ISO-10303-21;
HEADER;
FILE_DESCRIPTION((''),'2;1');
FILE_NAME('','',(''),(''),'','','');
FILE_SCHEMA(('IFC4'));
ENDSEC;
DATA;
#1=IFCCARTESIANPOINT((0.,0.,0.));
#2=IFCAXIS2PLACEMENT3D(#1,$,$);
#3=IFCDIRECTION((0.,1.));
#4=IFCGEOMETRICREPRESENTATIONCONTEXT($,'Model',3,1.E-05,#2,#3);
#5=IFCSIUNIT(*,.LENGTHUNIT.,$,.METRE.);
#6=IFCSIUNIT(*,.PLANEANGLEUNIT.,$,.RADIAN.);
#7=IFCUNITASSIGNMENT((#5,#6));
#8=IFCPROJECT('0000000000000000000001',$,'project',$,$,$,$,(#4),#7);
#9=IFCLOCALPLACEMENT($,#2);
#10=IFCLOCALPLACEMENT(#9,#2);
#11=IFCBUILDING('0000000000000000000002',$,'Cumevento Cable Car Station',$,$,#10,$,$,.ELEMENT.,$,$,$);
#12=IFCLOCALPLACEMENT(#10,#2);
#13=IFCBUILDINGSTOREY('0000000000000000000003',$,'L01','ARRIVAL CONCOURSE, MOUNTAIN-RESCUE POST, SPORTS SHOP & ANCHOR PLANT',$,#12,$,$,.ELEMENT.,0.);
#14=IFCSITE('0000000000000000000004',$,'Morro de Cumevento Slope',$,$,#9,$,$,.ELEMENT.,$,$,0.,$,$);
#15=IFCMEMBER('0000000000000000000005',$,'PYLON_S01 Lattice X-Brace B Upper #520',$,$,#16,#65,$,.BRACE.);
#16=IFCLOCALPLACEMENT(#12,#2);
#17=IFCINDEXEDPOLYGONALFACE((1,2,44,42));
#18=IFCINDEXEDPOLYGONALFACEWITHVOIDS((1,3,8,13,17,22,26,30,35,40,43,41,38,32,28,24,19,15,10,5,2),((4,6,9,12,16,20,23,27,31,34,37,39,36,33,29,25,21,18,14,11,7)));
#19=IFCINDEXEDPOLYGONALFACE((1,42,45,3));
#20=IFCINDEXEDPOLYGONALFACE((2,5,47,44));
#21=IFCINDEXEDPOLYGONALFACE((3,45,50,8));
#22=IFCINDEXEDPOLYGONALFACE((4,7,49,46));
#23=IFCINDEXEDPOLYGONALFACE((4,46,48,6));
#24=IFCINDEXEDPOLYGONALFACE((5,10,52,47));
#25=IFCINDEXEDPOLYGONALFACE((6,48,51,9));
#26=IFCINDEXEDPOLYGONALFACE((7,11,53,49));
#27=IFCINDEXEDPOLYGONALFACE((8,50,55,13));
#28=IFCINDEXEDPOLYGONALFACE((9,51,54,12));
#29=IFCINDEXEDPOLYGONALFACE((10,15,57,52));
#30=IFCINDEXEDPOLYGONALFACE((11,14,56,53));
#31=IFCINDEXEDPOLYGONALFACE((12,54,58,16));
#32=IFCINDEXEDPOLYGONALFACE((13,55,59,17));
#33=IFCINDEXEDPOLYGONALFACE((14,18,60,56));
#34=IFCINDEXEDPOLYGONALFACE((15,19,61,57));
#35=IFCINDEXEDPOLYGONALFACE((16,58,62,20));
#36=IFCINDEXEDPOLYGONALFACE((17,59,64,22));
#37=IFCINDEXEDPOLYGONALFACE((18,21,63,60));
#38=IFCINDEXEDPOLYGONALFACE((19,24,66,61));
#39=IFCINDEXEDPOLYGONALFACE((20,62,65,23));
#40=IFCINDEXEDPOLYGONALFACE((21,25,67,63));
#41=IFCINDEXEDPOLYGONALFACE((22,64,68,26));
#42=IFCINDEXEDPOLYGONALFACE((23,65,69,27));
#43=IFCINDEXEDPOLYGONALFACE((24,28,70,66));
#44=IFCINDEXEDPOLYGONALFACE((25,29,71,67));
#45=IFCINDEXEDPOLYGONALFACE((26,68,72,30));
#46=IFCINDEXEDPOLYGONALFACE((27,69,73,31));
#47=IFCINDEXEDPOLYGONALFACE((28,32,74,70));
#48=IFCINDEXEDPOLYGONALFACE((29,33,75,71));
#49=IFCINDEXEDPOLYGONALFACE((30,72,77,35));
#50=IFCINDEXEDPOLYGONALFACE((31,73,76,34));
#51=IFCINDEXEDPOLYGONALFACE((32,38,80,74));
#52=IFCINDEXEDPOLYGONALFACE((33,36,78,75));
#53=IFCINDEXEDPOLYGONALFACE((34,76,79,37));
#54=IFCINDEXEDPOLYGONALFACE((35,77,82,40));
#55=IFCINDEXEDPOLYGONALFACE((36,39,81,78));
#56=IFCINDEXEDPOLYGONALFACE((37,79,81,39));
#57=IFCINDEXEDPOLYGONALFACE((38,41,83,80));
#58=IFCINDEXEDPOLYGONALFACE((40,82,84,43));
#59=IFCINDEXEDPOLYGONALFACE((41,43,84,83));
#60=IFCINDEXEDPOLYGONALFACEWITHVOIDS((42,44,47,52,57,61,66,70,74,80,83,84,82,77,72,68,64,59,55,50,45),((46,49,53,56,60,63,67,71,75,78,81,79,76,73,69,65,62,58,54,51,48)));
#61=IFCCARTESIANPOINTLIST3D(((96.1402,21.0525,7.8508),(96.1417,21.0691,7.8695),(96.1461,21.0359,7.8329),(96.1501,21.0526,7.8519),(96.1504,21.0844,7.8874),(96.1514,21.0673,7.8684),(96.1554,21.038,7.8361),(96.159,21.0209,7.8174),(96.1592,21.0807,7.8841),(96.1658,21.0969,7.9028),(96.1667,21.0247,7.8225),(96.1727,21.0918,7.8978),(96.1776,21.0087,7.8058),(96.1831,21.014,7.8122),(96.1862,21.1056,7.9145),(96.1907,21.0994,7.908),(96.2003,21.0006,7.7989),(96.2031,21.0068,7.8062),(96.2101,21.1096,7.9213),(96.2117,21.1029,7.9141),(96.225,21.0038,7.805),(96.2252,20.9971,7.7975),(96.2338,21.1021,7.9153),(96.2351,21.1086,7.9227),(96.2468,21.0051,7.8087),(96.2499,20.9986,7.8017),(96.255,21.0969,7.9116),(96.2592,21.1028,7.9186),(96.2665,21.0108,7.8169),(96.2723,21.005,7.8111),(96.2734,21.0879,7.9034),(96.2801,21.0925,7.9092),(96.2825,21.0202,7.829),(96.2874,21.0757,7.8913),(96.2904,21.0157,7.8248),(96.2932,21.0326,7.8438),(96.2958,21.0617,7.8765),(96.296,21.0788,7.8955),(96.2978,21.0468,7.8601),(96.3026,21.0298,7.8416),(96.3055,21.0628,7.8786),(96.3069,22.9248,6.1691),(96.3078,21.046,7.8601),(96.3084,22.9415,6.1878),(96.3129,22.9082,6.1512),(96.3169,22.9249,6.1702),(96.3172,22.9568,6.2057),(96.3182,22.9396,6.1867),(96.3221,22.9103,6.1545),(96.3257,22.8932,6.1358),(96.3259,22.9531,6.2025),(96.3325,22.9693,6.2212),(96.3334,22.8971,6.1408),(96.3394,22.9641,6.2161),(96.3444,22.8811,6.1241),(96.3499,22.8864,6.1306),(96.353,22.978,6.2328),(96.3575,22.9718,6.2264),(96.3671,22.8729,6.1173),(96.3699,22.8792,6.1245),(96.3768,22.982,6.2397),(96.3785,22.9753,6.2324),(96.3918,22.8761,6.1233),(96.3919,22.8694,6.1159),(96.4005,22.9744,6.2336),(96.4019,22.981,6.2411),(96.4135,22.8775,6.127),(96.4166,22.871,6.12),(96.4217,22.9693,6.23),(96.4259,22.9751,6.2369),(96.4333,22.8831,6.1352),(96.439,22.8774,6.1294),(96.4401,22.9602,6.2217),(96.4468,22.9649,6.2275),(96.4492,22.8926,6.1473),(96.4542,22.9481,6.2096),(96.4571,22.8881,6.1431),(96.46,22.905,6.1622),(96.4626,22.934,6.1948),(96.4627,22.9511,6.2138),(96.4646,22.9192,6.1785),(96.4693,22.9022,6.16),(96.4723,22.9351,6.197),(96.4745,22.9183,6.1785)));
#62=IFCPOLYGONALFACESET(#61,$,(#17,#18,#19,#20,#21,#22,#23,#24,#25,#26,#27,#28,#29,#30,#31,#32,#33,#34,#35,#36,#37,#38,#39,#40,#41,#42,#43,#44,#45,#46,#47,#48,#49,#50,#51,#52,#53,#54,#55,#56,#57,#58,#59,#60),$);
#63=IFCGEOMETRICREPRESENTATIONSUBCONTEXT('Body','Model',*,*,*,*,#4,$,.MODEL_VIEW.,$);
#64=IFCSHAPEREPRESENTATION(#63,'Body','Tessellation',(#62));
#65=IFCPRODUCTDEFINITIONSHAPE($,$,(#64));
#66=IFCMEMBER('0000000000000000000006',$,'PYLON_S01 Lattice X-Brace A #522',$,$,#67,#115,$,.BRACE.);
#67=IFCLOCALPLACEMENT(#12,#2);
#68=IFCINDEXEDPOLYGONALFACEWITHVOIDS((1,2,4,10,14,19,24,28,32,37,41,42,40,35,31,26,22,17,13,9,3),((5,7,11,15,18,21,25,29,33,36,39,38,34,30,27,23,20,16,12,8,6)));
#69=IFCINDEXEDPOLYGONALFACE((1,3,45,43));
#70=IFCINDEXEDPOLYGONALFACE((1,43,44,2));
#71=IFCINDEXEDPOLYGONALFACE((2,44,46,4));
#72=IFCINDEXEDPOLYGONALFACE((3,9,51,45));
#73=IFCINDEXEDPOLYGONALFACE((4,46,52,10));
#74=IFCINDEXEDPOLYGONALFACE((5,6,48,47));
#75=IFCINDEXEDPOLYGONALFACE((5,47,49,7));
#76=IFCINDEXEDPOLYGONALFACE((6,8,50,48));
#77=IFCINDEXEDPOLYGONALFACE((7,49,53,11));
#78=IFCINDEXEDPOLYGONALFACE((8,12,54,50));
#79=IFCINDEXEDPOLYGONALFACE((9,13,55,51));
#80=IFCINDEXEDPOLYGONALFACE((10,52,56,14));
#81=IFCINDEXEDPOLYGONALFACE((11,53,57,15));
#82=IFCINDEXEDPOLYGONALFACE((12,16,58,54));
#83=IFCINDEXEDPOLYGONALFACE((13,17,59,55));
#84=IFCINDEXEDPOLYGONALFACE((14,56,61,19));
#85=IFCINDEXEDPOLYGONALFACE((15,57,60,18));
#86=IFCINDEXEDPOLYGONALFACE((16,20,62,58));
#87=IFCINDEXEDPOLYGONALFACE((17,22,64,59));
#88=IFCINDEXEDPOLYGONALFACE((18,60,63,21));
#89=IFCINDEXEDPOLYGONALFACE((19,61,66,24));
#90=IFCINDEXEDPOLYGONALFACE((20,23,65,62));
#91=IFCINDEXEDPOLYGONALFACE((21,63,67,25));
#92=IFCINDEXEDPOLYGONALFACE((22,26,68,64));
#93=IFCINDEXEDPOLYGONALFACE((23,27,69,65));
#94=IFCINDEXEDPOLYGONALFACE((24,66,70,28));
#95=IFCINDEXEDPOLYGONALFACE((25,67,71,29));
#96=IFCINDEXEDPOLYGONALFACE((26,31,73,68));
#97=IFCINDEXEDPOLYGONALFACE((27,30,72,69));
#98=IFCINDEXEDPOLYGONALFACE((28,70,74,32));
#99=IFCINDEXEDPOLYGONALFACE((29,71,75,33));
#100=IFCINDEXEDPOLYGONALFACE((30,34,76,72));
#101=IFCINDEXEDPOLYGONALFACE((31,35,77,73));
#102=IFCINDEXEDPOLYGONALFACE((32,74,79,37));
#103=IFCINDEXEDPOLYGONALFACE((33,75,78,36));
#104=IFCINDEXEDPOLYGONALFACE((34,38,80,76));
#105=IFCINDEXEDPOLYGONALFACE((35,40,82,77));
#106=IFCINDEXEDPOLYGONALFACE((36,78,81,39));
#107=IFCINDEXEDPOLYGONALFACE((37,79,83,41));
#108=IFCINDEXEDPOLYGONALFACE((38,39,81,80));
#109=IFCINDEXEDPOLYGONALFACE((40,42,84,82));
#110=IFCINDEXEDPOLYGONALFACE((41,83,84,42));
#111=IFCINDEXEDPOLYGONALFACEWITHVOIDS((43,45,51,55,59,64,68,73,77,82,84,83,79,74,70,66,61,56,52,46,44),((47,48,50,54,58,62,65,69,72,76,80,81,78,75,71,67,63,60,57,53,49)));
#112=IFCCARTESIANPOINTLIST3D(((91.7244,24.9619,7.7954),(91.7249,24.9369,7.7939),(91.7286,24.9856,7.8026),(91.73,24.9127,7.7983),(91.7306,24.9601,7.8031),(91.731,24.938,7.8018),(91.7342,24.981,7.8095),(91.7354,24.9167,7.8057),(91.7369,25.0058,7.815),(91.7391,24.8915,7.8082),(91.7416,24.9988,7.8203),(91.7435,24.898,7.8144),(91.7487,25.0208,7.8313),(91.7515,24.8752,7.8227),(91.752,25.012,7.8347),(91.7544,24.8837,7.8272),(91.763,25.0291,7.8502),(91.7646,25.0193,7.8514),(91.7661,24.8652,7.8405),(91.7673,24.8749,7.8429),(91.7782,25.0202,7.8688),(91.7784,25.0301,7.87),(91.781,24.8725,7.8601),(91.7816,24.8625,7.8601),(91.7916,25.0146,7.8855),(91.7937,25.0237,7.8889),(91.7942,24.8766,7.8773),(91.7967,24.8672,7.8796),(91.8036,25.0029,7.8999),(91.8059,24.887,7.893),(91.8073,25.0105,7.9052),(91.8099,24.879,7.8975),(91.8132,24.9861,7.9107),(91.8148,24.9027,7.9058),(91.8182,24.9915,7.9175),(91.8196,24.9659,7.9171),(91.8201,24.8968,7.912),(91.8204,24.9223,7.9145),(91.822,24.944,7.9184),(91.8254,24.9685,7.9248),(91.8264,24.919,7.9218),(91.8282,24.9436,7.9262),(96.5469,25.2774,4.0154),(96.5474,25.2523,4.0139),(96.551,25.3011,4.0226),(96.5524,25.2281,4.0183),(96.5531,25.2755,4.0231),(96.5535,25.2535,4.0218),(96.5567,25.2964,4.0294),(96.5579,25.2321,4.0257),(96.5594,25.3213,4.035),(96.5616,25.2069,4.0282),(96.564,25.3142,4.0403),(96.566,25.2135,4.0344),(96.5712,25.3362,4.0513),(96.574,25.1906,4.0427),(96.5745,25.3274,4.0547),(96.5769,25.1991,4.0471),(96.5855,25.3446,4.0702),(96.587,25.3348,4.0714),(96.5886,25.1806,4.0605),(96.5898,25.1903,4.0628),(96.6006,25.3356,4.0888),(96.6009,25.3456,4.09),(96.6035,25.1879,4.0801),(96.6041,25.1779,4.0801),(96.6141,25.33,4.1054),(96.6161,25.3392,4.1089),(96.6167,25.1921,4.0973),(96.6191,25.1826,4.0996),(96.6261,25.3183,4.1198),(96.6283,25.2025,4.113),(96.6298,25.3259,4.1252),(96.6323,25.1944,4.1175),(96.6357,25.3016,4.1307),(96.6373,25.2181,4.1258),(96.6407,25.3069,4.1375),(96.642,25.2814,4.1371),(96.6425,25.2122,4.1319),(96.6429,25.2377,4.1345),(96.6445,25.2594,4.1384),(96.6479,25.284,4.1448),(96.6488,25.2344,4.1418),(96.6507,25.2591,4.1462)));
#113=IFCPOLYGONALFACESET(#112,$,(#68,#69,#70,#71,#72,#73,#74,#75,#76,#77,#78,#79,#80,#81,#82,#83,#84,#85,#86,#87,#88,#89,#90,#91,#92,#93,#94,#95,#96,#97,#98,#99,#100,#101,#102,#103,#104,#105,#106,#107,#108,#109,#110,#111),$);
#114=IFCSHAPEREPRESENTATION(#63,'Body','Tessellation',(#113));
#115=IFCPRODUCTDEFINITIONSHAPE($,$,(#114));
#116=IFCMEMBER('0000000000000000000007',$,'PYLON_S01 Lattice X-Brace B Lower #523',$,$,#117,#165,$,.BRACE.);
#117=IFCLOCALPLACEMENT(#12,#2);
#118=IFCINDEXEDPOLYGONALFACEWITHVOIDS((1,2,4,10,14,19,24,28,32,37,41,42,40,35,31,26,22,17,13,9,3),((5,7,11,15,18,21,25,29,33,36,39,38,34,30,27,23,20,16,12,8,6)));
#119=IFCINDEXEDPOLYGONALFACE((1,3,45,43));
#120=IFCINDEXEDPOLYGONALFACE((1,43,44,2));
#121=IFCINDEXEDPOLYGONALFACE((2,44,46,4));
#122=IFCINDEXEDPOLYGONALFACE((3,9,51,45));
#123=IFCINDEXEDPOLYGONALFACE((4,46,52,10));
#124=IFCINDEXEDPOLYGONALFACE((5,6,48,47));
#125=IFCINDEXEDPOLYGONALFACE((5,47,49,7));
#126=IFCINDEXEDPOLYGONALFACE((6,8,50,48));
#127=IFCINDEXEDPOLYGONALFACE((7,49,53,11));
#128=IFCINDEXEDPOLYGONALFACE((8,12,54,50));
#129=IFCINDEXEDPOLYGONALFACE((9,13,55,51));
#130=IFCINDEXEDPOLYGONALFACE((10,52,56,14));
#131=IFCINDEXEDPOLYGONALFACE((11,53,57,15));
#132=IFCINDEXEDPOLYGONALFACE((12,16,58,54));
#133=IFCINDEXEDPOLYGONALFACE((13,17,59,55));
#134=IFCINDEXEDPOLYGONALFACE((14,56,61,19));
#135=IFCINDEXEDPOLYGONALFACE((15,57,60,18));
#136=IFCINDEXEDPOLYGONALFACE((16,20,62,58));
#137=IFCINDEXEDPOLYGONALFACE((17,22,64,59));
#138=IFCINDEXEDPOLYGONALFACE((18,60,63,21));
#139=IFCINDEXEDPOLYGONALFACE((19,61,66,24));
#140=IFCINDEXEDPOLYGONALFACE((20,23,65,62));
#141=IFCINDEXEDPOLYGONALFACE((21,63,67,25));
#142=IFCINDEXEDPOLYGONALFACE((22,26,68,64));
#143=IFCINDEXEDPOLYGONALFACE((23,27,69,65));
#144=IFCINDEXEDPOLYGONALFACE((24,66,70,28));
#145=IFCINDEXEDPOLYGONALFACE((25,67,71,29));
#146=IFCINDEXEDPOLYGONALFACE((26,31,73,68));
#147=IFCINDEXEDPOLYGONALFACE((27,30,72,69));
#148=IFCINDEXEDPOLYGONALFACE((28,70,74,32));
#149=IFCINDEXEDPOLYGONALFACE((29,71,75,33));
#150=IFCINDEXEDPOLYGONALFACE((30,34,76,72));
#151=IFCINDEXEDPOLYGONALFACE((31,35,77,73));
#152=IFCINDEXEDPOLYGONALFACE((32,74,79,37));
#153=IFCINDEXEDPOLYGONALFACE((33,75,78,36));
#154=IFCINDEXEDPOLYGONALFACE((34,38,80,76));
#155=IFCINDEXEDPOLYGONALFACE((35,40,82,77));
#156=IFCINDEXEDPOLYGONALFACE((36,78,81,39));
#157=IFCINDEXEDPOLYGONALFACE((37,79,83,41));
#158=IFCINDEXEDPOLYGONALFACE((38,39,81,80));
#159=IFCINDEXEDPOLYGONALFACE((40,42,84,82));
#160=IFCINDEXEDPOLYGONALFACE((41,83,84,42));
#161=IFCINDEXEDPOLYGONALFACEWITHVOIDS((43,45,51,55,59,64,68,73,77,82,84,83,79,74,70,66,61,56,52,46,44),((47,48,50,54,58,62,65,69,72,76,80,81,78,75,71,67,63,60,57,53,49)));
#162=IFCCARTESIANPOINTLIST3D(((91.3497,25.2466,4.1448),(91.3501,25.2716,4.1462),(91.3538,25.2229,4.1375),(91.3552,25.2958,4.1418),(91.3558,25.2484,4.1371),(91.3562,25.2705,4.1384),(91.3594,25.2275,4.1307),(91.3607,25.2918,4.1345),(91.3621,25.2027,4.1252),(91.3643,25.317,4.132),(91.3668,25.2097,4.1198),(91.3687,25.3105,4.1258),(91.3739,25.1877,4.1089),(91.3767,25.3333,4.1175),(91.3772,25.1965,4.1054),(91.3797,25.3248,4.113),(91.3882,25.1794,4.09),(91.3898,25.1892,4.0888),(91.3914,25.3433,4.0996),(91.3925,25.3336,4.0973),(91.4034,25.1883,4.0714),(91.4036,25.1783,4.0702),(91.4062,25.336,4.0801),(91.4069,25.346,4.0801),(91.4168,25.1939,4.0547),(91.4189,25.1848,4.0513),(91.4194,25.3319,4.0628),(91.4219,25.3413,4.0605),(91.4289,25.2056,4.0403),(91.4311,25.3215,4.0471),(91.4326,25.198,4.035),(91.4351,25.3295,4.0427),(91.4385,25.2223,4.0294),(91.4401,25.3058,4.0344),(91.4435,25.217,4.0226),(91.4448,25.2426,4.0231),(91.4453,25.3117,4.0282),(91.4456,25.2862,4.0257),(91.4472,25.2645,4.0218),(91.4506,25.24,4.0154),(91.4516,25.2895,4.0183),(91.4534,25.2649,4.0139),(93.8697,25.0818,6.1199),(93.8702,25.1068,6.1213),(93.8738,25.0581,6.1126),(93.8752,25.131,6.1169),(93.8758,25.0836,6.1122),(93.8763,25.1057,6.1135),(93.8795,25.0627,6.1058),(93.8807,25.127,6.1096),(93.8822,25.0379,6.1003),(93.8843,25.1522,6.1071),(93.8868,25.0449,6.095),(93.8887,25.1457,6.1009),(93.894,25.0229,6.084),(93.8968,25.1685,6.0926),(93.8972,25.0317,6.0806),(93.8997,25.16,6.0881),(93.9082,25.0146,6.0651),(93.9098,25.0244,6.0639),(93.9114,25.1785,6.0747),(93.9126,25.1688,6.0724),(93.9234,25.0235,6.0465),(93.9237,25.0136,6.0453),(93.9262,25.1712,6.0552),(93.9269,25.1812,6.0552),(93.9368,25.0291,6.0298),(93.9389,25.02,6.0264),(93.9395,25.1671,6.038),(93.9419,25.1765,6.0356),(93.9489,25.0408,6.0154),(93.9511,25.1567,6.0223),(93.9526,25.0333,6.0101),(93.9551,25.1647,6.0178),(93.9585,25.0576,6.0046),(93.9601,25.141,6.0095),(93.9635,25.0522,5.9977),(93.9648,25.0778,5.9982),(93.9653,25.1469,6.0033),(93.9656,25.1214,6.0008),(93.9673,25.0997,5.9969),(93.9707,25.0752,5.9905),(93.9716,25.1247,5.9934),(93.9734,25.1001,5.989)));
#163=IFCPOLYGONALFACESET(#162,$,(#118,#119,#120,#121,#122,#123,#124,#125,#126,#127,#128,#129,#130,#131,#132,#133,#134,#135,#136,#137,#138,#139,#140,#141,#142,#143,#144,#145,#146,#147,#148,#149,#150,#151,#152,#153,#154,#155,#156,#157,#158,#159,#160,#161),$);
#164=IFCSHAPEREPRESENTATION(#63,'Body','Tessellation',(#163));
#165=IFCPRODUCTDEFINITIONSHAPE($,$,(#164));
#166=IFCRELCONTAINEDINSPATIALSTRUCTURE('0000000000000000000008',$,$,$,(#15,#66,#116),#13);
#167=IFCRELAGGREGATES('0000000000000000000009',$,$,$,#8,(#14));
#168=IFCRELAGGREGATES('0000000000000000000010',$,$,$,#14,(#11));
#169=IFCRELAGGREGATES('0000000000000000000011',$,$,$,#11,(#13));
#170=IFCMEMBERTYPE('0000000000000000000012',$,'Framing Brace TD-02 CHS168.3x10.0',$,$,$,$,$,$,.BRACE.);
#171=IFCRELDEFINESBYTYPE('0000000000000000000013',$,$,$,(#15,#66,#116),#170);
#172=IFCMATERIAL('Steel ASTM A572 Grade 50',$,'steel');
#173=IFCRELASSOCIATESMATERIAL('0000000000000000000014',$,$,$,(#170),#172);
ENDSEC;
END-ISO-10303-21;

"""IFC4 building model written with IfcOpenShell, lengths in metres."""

from ifc_helpers import new_model, si_unit, direction, frame, origin, origin_2d, place, context, subcontext, project, spatial, hollow_circle, extrude, material, material_profile, profile_set, type_object, element, save


model = new_model("IFC4")

# Units and contexts
model_context = context("Model", 3, precision=1e-05, world=origin(), true_north=direction((0.0, 1.0)))
body_context = subcontext(model_context, "Body", "Model", "MODEL_VIEW")
ifc_project = project(units=[si_unit("LENGTHUNIT", "METRE"), si_unit("PLANEANGLEUNIT", "RADIAN")], contexts=[model_context])

# Site, building, storey
site_placement = place(None, origin())
site = spatial("IfcSite", under=ifc_project, at=site_placement, Name="Morro de Cumevento Slope", CompositionType="ELEMENT", RefElevation=0.0)
building_placement = place(site_placement, origin())
building = spatial("IfcBuilding", under=site, at=building_placement, Name="Cumevento Cable Car Station", CompositionType="ELEMENT")
storey_placement = place(building_placement, origin())
storey = spatial("IfcBuildingStorey", under=building, at=storey_placement, Name="L01", Description="ARRIVAL CONCOURSE, MOUNTAIN-RESCUE POST, SPORTS SHOP & ANCHOR PLANT", CompositionType="ELEMENT", Elevation=0.0)

# Members
ifc_material_1 = material(Name="Steel ASTM A572 Grade 50", Category="steel")
ifc_material_profile_1 = material_profile(ifc_material_1, hollow_circle(Radius=0.0842, WallThickness=0.01, at=origin_2d()), Name="CHS168.3x10.0")
ifc_profile_set_1 = profile_set([ifc_material_profile_1], Name="Steel ASTM A572 Grade 50")
member_type_1 = type_object("IfcMemberType", Name="Framing Brace TD-02 CHS168.3x10.0", PredefinedType="BRACE", material=ifc_profile_set_1)
member_1_placement = place(storey_placement, frame((96.3906, 22.9258, 6.1785), z_axis=(-0.066113, -0.742346, 0.666747), x_axis=(0.996058, -0.088709, 0.0)))
element("IfcMember", 1, at=member_1_placement, inside=storey, type_object=member_type_1, Name="PYLON_S01 Lattice X-Brace B Upper #520", PredefinedType="BRACE", context=body_context, shape_type="SweptSolid", body=[
    extrude(hollow_circle(Radius=0.0842, WallThickness=0.01, at=origin_2d()), origin(), (0.0, 0.0, 1.0), 2.5222),
])
member_2_placement = place(storey_placement, frame((96.5986, 25.262, 4.0801), z_axis=(-0.785997, -0.05141, 0.616089), x_axis=(0.065268, -0.997868, 0.0)))
element("IfcMember", 2, at=member_2_placement, inside=storey, type_object=member_type_1, Name="PYLON_S01 Lattice X-Brace A #522", PredefinedType="BRACE", context=body_context, shape_type="SweptSolid", body=[
    extrude(hollow_circle(Radius=0.0842, WallThickness=0.01, at=origin_2d()), origin(), (0.0, 0.0, 1.0), 6.1355),
])
member_3_placement = place(storey_placement, frame((91.4014, 25.262, 4.0801), z_axis=(0.786023, -0.051401, 0.616056), x_axis=(0.065255, 0.997869, 0.0)))
element("IfcMember", 3, at=member_3_placement, inside=storey, type_object=member_type_1, Name="PYLON_S01 Lattice X-Brace B Lower #523", PredefinedType="BRACE", context=body_context, shape_type="SweptSolid", body=[
    extrude(hollow_circle(Radius=0.0842, WallThickness=0.01, at=origin_2d()), origin(), (0.0, 0.0, 1.0), 3.2061),
])

save(model, "model.ifc")
